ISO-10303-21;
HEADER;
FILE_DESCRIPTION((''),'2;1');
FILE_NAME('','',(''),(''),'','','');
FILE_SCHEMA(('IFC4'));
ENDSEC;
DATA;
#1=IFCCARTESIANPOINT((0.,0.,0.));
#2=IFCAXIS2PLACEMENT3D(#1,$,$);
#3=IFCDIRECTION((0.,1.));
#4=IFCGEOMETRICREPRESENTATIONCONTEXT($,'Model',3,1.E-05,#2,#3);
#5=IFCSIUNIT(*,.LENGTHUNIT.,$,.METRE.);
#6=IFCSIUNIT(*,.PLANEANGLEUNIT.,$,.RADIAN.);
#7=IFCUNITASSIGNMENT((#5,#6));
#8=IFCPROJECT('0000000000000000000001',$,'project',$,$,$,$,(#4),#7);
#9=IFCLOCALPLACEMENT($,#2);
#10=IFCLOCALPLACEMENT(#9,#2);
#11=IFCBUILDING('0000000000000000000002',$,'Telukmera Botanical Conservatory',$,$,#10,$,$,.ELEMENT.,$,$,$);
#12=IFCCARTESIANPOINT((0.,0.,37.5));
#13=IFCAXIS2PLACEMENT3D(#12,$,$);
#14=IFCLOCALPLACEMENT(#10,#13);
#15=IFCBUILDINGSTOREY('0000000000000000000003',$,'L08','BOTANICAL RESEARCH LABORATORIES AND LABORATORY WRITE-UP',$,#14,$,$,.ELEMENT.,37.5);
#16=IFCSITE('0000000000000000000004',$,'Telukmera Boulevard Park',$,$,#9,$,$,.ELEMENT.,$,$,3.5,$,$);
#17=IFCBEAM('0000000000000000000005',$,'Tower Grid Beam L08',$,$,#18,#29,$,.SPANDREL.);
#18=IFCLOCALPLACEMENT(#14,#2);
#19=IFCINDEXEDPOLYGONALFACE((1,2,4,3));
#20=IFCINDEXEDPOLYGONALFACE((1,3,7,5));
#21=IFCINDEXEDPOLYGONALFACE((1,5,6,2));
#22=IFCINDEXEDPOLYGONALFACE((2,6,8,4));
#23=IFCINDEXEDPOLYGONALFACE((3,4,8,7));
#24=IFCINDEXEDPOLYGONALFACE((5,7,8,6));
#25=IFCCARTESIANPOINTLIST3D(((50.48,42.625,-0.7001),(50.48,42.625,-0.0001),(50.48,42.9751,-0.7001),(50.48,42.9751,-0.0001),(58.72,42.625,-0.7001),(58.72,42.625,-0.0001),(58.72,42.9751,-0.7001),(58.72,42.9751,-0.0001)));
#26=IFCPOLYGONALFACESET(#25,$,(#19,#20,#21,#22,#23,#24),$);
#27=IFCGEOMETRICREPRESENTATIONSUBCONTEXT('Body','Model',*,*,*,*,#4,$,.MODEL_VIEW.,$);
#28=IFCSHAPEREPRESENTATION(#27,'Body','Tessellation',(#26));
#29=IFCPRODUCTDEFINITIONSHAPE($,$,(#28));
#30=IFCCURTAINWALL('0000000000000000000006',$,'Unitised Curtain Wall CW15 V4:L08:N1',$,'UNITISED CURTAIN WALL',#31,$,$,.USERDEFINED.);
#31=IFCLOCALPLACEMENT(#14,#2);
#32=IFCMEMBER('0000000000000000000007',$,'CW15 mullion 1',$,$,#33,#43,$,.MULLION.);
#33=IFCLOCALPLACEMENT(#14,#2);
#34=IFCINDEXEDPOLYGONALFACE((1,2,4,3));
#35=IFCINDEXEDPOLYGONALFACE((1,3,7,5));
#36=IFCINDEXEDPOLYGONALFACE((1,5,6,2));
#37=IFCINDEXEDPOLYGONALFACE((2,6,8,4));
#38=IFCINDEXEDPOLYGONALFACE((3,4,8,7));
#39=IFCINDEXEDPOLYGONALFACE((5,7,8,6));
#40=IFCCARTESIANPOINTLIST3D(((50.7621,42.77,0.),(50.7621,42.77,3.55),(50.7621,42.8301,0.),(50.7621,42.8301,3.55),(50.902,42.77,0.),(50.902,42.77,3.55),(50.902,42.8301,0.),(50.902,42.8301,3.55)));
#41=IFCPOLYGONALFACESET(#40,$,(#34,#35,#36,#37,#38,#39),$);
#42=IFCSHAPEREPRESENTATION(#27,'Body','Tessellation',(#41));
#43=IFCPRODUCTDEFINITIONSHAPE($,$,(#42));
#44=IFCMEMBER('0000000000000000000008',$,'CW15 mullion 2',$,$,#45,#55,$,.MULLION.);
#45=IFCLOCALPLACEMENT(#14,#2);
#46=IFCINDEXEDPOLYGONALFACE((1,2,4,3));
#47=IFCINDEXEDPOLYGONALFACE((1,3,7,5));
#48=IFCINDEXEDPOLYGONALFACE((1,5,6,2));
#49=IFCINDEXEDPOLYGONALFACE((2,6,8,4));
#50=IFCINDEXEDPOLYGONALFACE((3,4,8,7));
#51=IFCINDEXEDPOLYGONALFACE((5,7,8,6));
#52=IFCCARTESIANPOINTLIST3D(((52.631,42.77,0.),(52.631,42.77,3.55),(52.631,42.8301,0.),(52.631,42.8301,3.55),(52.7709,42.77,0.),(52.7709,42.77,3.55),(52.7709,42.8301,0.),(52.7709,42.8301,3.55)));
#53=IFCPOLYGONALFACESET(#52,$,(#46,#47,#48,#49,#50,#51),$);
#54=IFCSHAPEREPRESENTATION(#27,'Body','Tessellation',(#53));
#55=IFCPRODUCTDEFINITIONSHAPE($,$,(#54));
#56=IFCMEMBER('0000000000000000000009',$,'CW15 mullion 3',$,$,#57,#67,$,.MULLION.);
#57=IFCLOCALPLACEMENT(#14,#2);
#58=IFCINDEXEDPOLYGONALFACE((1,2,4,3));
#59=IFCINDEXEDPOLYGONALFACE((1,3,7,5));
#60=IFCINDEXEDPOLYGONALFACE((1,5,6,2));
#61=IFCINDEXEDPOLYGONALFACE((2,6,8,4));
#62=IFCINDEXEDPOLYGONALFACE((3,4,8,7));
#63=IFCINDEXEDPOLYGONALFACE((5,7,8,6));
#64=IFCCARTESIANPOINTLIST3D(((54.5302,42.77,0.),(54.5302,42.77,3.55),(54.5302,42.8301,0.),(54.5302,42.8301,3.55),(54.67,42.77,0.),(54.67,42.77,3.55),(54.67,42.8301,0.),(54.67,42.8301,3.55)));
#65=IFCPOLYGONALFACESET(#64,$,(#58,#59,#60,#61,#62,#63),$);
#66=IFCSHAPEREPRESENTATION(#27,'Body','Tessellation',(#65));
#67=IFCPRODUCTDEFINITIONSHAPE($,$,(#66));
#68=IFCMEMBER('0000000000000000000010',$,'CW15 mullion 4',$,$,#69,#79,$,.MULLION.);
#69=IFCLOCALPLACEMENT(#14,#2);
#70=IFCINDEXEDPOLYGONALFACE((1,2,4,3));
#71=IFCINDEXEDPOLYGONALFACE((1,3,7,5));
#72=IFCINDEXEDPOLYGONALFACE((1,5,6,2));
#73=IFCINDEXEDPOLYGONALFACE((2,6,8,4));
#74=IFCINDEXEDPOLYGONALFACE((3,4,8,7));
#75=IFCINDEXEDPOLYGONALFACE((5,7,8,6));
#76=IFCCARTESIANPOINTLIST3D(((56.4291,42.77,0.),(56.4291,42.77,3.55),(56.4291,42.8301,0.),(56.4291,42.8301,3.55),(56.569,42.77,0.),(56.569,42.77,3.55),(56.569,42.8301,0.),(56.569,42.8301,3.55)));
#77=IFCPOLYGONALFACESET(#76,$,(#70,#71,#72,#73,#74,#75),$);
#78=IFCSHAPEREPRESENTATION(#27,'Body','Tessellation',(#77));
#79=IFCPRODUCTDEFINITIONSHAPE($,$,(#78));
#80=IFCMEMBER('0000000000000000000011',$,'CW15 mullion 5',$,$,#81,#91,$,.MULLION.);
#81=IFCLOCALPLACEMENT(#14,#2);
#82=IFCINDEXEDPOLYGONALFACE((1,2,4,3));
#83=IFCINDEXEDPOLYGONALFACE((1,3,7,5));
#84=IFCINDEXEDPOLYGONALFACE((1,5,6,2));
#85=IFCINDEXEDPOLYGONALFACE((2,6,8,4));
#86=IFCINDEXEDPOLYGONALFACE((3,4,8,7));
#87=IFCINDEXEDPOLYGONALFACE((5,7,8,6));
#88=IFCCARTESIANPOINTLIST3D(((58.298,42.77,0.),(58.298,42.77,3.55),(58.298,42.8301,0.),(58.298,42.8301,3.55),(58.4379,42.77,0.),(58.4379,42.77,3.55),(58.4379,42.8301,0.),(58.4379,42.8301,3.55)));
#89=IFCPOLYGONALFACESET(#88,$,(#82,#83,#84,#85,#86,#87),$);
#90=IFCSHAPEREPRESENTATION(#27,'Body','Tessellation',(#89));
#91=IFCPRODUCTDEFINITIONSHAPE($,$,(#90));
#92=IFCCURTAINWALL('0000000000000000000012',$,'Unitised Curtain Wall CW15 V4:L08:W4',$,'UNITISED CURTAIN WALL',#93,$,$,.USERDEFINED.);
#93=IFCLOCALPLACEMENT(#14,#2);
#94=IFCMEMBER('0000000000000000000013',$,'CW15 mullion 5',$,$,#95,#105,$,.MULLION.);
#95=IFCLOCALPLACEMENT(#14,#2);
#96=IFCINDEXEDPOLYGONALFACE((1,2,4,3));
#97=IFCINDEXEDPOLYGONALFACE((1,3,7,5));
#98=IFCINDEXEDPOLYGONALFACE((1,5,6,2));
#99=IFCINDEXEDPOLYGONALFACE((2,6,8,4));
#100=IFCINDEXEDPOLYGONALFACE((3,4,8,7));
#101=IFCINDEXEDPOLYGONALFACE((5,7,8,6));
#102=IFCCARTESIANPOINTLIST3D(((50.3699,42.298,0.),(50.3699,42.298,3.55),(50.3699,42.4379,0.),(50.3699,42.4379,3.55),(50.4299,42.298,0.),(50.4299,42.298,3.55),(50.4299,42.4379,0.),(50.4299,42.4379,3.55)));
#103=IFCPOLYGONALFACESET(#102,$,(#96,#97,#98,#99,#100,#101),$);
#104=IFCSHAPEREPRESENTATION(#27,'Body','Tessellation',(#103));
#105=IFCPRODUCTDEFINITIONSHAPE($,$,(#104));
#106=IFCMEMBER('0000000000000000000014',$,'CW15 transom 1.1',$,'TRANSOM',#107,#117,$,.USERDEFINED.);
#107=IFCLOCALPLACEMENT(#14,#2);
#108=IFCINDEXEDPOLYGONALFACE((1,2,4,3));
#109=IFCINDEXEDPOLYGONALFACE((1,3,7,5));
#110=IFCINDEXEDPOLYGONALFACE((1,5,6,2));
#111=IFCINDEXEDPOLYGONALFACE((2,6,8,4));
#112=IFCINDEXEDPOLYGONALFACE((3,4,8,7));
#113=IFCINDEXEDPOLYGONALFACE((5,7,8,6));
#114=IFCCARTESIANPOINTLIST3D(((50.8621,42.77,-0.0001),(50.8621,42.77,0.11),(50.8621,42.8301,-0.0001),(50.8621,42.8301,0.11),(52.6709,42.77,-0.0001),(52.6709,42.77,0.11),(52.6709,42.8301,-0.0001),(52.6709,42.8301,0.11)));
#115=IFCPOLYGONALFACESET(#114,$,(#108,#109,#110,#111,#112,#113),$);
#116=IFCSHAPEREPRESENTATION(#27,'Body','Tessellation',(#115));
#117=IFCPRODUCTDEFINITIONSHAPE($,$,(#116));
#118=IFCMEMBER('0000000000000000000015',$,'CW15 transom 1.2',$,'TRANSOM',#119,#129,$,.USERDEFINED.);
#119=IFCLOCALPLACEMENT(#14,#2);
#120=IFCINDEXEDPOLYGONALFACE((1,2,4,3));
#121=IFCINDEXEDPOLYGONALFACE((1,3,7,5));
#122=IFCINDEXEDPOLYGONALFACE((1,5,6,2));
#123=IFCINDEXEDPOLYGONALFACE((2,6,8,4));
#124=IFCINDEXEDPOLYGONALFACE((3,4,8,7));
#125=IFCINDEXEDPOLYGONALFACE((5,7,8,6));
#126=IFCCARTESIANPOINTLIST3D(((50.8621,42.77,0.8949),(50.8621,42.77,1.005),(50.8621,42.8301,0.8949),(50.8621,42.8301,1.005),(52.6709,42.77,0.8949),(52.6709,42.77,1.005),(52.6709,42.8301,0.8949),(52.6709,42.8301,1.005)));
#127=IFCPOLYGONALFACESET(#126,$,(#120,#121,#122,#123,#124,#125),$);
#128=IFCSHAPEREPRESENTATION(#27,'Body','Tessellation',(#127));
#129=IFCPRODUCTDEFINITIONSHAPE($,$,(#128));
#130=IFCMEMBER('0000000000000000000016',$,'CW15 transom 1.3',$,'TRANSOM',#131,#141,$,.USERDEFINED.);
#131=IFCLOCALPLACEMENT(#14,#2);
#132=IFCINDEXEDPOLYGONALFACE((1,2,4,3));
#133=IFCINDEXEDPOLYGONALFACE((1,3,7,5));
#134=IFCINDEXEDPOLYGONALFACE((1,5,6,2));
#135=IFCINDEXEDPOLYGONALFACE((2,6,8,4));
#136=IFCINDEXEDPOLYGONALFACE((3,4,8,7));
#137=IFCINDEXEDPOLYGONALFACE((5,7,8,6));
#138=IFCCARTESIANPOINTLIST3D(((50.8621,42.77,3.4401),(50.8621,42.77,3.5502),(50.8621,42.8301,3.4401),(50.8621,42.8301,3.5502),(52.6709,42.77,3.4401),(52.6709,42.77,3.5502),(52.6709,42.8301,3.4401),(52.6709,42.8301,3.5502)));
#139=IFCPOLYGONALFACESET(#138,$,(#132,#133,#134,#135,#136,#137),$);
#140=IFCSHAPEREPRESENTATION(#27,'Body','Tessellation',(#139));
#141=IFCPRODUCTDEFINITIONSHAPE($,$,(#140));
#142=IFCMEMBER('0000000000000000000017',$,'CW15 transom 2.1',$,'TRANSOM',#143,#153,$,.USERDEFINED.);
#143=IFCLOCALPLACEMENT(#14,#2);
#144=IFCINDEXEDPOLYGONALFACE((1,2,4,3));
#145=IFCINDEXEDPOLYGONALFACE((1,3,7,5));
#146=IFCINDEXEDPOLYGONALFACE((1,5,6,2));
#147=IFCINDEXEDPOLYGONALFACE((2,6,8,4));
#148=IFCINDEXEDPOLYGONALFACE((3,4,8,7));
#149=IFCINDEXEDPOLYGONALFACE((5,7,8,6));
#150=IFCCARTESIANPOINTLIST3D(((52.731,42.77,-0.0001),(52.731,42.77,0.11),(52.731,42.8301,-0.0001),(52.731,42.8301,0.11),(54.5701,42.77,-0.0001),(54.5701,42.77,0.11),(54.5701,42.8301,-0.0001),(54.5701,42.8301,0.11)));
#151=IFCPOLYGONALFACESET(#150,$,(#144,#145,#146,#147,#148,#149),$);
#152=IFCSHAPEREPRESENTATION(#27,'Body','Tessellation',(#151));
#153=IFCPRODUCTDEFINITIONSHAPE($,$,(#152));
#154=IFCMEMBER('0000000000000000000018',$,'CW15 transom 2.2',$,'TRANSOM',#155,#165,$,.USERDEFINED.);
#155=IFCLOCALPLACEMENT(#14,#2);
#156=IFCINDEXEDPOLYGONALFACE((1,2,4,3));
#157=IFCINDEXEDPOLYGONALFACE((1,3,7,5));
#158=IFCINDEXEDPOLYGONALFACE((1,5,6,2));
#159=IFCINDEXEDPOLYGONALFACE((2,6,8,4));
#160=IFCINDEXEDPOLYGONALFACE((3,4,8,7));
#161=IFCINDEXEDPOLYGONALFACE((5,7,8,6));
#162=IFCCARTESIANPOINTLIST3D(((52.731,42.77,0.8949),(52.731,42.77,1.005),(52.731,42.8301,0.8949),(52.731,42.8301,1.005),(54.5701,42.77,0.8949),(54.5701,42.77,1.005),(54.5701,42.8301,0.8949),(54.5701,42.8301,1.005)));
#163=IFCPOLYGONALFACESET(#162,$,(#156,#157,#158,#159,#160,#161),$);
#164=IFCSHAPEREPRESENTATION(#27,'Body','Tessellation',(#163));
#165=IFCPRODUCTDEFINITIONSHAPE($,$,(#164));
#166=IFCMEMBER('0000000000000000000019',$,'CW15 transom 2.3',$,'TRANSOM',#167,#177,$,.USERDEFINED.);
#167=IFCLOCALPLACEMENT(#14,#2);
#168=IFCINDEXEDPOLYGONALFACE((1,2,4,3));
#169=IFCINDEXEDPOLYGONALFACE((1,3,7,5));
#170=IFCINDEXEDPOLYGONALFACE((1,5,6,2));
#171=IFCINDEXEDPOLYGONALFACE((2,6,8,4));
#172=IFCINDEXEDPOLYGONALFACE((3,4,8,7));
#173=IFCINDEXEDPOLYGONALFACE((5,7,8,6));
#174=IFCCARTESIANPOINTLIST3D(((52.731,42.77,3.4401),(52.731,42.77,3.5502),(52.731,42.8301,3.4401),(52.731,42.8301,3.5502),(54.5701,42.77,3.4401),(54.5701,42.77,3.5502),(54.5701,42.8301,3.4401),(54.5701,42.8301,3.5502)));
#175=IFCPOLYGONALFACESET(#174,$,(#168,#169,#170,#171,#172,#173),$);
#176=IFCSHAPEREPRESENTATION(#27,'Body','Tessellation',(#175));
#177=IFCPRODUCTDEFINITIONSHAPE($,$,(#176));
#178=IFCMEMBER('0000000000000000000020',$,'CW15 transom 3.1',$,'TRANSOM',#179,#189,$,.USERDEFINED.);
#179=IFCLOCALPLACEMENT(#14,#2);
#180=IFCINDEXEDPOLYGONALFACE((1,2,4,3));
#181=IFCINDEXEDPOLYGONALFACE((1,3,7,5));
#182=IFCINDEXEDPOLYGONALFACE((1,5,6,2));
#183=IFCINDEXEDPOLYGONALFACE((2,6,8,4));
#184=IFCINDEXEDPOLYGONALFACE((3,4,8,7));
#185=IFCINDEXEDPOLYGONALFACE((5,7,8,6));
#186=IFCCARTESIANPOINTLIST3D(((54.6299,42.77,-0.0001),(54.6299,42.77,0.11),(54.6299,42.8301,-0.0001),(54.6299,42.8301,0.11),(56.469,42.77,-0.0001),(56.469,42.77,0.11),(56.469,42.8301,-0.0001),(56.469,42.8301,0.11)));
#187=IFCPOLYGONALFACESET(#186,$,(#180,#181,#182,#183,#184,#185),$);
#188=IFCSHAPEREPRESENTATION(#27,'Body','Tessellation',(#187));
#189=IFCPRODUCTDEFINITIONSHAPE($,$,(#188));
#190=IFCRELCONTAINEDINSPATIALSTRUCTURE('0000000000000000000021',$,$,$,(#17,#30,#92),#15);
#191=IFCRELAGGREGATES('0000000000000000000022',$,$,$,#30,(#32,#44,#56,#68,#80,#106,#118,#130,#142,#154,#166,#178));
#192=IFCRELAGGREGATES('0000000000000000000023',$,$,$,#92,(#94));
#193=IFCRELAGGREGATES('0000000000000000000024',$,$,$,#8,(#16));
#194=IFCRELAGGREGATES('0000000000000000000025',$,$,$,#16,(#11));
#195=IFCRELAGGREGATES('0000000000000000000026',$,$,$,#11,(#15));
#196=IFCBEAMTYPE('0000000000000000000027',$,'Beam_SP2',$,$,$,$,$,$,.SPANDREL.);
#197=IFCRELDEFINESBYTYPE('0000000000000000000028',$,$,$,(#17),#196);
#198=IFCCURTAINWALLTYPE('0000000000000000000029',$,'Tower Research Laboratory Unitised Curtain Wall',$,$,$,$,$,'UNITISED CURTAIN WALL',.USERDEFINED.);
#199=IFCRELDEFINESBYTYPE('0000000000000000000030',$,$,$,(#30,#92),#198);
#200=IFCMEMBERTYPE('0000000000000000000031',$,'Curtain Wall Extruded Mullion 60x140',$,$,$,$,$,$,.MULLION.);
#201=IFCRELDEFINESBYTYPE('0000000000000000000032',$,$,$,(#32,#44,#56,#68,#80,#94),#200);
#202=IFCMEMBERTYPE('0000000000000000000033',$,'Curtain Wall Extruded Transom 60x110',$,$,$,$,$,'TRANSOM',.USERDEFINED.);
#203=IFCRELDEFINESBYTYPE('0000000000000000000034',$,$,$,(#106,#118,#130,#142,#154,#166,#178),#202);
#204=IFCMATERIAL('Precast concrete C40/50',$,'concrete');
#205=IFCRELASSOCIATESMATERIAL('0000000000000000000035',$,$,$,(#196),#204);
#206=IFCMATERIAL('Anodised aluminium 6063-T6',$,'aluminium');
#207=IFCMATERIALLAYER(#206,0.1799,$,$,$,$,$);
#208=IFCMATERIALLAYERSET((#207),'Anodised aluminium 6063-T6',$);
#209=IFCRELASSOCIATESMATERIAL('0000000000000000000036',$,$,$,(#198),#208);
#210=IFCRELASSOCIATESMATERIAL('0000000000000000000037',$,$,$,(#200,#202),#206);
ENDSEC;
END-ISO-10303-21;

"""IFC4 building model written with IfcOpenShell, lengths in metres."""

from ifc_helpers import new_model, si_unit, direction, frame, origin, origin_2d, place, context, subcontext, project, spatial, rectangle, extrude, material, layer, layer_set, material_profile, profile_set, type_object, element, aggregate, save


model = new_model("IFC4")

# Units and contexts
model_context = context("Model", 3, precision=1e-05, world=origin(), true_north=direction((0.0, 1.0)))
body_context = subcontext(model_context, "Body", "Model", "MODEL_VIEW")
ifc_project = project(units=[si_unit("LENGTHUNIT", "METRE"), si_unit("PLANEANGLEUNIT", "RADIAN")], contexts=[model_context])

# Site, building, storey
site_placement = place(None, origin())
site = spatial("IfcSite", under=ifc_project, at=site_placement, Name="Telukmera Boulevard Park", CompositionType="ELEMENT", RefElevation=3.5)
building_placement = place(site_placement, origin())
building = spatial("IfcBuilding", under=site, at=building_placement, Name="Telukmera Botanical Conservatory", CompositionType="ELEMENT")
storey_placement = place(building_placement, frame((0.0, 0.0, 37.5)))
storey = spatial("IfcBuildingStorey", under=building, at=storey_placement, Name="L08", Description="BOTANICAL RESEARCH LABORATORIES AND LABORATORY WRITE-UP", CompositionType="ELEMENT", Elevation=37.5)

# Beam
ifc_material_1 = material(Name="Precast concrete C40/50", Category="concrete")
ifc_material_profile_1 = material_profile(ifc_material_1, rectangle(XDim=0.3501, YDim=0.7, at=origin_2d()), Name="PC 350x700")
ifc_profile_set_1 = profile_set([ifc_material_profile_1], Name="Precast concrete C40/50")
beam_type = type_object("IfcBeamType", Name="Beam_SP2", PredefinedType="SPANDREL", material=ifc_profile_set_1)
beam_placement = place(storey_placement, frame((50.48, 42.8, -0.3501), z_axis=(1.0, 0.0, 0.0), x_axis=(0.0, 1.0, 0.0)))
element("IfcBeam", 1, at=beam_placement, inside=storey, type_object=beam_type, Name="Tower Grid Beam L08", PredefinedType="SPANDREL", context=body_context, shape_type="SweptSolid", body=[
    extrude(rectangle(XDim=0.3501, YDim=0.7, at=origin_2d()), origin(), (0.0, 0.0, 1.0), 8.24),
])

# Curtain wall, members
ifc_material_2 = material(Name="Anodised aluminium 6063-T6", Category="aluminium")
ifc_layer_1 = layer(ifc_material_2, 0.1799)
ifc_layer_set_1 = layer_set([ifc_layer_1], Name="Anodised aluminium 6063-T6")
curtain_wall_type = type_object("IfcCurtainWallType", Name="Tower Research Laboratory Unitised Curtain Wall", ElementType="UNITISED CURTAIN WALL", PredefinedType="USERDEFINED", material=ifc_layer_set_1)
curtain_wall_1_placement = place(storey_placement, origin())
curtain_wall_1 = element("IfcCurtainWall", 2, at=curtain_wall_1_placement, inside=storey, type_object=curtain_wall_type, Name="Unitised Curtain Wall CW15 V4:L08:N1", ObjectType="UNITISED CURTAIN WALL", PredefinedType="USERDEFINED")
ifc_material_profile_2 = material_profile(ifc_material_2, rectangle(XDim=0.0601, YDim=0.1399, at=origin_2d()), Name="ALU MULL 60x140")
ifc_profile_set_2 = profile_set([ifc_material_profile_2], Name="Anodised aluminium 6063-T6")
member_type_1 = type_object("IfcMemberType", Name="Curtain Wall Extruded Mullion 60x140", PredefinedType="MULLION", material=ifc_profile_set_2)
member_1_placement = place(storey_placement, frame((50.832, 42.8, 0.0), z_axis=(0.0, 0.0, 1.0), x_axis=(0.0, 1.0, 0.0)))
member_1 = element("IfcMember", 3, at=member_1_placement, type_object=member_type_1, Name="CW15 mullion 1", PredefinedType="MULLION", context=body_context, shape_type="SweptSolid", body=[
    extrude(rectangle(XDim=0.0601, YDim=0.1399, at=origin_2d()), origin(), (0.0, 0.0, 1.0), 3.55),
])
member_2_placement = place(storey_placement, frame((52.7009, 42.8, 0.0), z_axis=(0.0, 0.0, 1.0), x_axis=(0.0, 1.0, 0.0)))
member_2 = element("IfcMember", 4, at=member_2_placement, type_object=member_type_1, Name="CW15 mullion 2", PredefinedType="MULLION", context=body_context, shape_type="SweptSolid", body=[
    extrude(rectangle(XDim=0.0601, YDim=0.1399, at=origin_2d()), origin(), (0.0, 0.0, 1.0), 3.55),
])
member_3_placement = place(storey_placement, frame((54.6001, 42.8, 0.0), z_axis=(0.0, 0.0, 1.0), x_axis=(0.0, 1.0, 0.0)))
member_3 = element("IfcMember", 5, at=member_3_placement, type_object=member_type_1, Name="CW15 mullion 3", PredefinedType="MULLION", context=body_context, shape_type="SweptSolid", body=[
    extrude(rectangle(XDim=0.0601, YDim=0.1399, at=origin_2d()), origin(), (0.0, 0.0, 1.0), 3.55),
])
member_4_placement = place(storey_placement, frame((56.499, 42.8, 0.0), z_axis=(0.0, 0.0, 1.0), x_axis=(0.0, 1.0, 0.0)))
member_4 = element("IfcMember", 6, at=member_4_placement, type_object=member_type_1, Name="CW15 mullion 4", PredefinedType="MULLION", context=body_context, shape_type="SweptSolid", body=[
    extrude(rectangle(XDim=0.0601, YDim=0.1399, at=origin_2d()), origin(), (0.0, 0.0, 1.0), 3.55),
])
member_5_placement = place(storey_placement, frame((58.3679, 42.8, 0.0), z_axis=(0.0, 0.0, 1.0), x_axis=(0.0, 1.0, 0.0)))
member_5 = element("IfcMember", 7, at=member_5_placement, type_object=member_type_1, Name="CW15 mullion 5", PredefinedType="MULLION", context=body_context, shape_type="SweptSolid", body=[
    extrude(rectangle(XDim=0.0601, YDim=0.1399, at=origin_2d()), origin(), (0.0, 0.0, 1.0), 3.55),
])

# Curtain wall, member
curtain_wall_2_placement = place(storey_placement, origin())
curtain_wall_2 = element("IfcCurtainWall", 8, at=curtain_wall_2_placement, inside=storey, type_object=curtain_wall_type, Name="Unitised Curtain Wall CW15 V4:L08:W4", ObjectType="UNITISED CURTAIN WALL", PredefinedType="USERDEFINED")
member_6_placement = place(storey_placement, frame((50.3999, 42.3679, 0.0), z_axis=(0.0, 0.0, 1.0), x_axis=(-1.0, 0.0, 0.0)))
member_6 = element("IfcMember", 9, at=member_6_placement, type_object=member_type_1, Name="CW15 mullion 5", PredefinedType="MULLION", context=body_context, shape_type="SweptSolid", body=[
    extrude(rectangle(XDim=0.0601, YDim=0.1399, at=origin_2d()), origin(), (0.0, 0.0, 1.0), 3.55),
])

# Members
ifc_material_profile_3 = material_profile(ifc_material_2, rectangle(XDim=0.0601, YDim=0.1101, at=origin_2d()), Name="ALU TRAN 60x110")
ifc_profile_set_3 = profile_set([ifc_material_profile_3], Name="Anodised aluminium 6063-T6")
member_type_2 = type_object("IfcMemberType", Name="Curtain Wall Extruded Transom 60x110", ElementType="TRANSOM", PredefinedType="USERDEFINED", material=ifc_profile_set_3)
member_7_placement = place(storey_placement, frame((50.8621, 42.8, 0.0549), z_axis=(1.0, 0.0, 0.0), x_axis=(0.0, 1.0, 0.0)))
member_7 = element("IfcMember", 10, at=member_7_placement, type_object=member_type_2, Name="CW15 transom 1.1", ObjectType="TRANSOM", PredefinedType="USERDEFINED", context=body_context, shape_type="SweptSolid", body=[
    extrude(rectangle(XDim=0.0601, YDim=0.1101, at=origin_2d()), origin(), (0.0, 0.0, 1.0), 1.8088),
])
member_8_placement = place(storey_placement, frame((50.8621, 42.8, 0.95), z_axis=(1.0, 0.0, 0.0), x_axis=(0.0, 1.0, 0.0)))
member_8 = element("IfcMember", 11, at=member_8_placement, type_object=member_type_2, Name="CW15 transom 1.2", ObjectType="TRANSOM", PredefinedType="USERDEFINED", context=body_context, shape_type="SweptSolid", body=[
    extrude(rectangle(XDim=0.0601, YDim=0.1101, at=origin_2d()), origin(), (0.0, 0.0, 1.0), 1.8088),
])
member_9_placement = place(storey_placement, frame((50.8621, 42.8, 3.4951), z_axis=(1.0, 0.0, 0.0), x_axis=(0.0, 1.0, 0.0)))
member_9 = element("IfcMember", 12, at=member_9_placement, type_object=member_type_2, Name="CW15 transom 1.3", ObjectType="TRANSOM", PredefinedType="USERDEFINED", context=body_context, shape_type="SweptSolid", body=[
    extrude(rectangle(XDim=0.0601, YDim=0.1101, at=origin_2d()), origin(), (0.0, 0.0, 1.0), 1.8088),
])
member_10_placement = place(storey_placement, frame((52.731, 42.8, 0.0549), z_axis=(1.0, 0.0, 0.0), x_axis=(0.0, 1.0, 0.0)))
member_10 = element("IfcMember", 13, at=member_10_placement, type_object=member_type_2, Name="CW15 transom 2.1", ObjectType="TRANSOM", PredefinedType="USERDEFINED", context=body_context, shape_type="SweptSolid", body=[
    extrude(rectangle(XDim=0.0601, YDim=0.1101, at=origin_2d()), origin(), (0.0, 0.0, 1.0), 1.8391),
])
member_11_placement = place(storey_placement, frame((52.731, 42.8, 0.95), z_axis=(1.0, 0.0, 0.0), x_axis=(0.0, 1.0, 0.0)))
member_11 = element("IfcMember", 14, at=member_11_placement, type_object=member_type_2, Name="CW15 transom 2.2", ObjectType="TRANSOM", PredefinedType="USERDEFINED", context=body_context, shape_type="SweptSolid", body=[
    extrude(rectangle(XDim=0.0601, YDim=0.1101, at=origin_2d()), origin(), (0.0, 0.0, 1.0), 1.8391),
])
member_12_placement = place(storey_placement, frame((52.731, 42.8, 3.4951), z_axis=(1.0, 0.0, 0.0), x_axis=(0.0, 1.0, 0.0)))
member_12 = element("IfcMember", 15, at=member_12_placement, type_object=member_type_2, Name="CW15 transom 2.3", ObjectType="TRANSOM", PredefinedType="USERDEFINED", context=body_context, shape_type="SweptSolid", body=[
    extrude(rectangle(XDim=0.0601, YDim=0.1101, at=origin_2d()), origin(), (0.0, 0.0, 1.0), 1.8391),
])
member_13_placement = place(storey_placement, frame((54.6299, 42.8, 0.0549), z_axis=(1.0, 0.0, 0.0), x_axis=(0.0, 1.0, 0.0)))
member_13 = element("IfcMember", 16, at=member_13_placement, type_object=member_type_2, Name="CW15 transom 3.1", ObjectType="TRANSOM", PredefinedType="USERDEFINED", context=body_context, shape_type="SweptSolid", body=[
    extrude(rectangle(XDim=0.0601, YDim=0.1101, at=origin_2d()), origin(), (0.0, 0.0, 1.0), 1.8391),
])

aggregate(curtain_wall_1, [member_1, member_2, member_3, member_4, member_5, member_7, member_8, member_9, member_10, member_11, member_12, member_13])
aggregate(curtain_wall_2, [member_6])

save(model, "model.ifc")
